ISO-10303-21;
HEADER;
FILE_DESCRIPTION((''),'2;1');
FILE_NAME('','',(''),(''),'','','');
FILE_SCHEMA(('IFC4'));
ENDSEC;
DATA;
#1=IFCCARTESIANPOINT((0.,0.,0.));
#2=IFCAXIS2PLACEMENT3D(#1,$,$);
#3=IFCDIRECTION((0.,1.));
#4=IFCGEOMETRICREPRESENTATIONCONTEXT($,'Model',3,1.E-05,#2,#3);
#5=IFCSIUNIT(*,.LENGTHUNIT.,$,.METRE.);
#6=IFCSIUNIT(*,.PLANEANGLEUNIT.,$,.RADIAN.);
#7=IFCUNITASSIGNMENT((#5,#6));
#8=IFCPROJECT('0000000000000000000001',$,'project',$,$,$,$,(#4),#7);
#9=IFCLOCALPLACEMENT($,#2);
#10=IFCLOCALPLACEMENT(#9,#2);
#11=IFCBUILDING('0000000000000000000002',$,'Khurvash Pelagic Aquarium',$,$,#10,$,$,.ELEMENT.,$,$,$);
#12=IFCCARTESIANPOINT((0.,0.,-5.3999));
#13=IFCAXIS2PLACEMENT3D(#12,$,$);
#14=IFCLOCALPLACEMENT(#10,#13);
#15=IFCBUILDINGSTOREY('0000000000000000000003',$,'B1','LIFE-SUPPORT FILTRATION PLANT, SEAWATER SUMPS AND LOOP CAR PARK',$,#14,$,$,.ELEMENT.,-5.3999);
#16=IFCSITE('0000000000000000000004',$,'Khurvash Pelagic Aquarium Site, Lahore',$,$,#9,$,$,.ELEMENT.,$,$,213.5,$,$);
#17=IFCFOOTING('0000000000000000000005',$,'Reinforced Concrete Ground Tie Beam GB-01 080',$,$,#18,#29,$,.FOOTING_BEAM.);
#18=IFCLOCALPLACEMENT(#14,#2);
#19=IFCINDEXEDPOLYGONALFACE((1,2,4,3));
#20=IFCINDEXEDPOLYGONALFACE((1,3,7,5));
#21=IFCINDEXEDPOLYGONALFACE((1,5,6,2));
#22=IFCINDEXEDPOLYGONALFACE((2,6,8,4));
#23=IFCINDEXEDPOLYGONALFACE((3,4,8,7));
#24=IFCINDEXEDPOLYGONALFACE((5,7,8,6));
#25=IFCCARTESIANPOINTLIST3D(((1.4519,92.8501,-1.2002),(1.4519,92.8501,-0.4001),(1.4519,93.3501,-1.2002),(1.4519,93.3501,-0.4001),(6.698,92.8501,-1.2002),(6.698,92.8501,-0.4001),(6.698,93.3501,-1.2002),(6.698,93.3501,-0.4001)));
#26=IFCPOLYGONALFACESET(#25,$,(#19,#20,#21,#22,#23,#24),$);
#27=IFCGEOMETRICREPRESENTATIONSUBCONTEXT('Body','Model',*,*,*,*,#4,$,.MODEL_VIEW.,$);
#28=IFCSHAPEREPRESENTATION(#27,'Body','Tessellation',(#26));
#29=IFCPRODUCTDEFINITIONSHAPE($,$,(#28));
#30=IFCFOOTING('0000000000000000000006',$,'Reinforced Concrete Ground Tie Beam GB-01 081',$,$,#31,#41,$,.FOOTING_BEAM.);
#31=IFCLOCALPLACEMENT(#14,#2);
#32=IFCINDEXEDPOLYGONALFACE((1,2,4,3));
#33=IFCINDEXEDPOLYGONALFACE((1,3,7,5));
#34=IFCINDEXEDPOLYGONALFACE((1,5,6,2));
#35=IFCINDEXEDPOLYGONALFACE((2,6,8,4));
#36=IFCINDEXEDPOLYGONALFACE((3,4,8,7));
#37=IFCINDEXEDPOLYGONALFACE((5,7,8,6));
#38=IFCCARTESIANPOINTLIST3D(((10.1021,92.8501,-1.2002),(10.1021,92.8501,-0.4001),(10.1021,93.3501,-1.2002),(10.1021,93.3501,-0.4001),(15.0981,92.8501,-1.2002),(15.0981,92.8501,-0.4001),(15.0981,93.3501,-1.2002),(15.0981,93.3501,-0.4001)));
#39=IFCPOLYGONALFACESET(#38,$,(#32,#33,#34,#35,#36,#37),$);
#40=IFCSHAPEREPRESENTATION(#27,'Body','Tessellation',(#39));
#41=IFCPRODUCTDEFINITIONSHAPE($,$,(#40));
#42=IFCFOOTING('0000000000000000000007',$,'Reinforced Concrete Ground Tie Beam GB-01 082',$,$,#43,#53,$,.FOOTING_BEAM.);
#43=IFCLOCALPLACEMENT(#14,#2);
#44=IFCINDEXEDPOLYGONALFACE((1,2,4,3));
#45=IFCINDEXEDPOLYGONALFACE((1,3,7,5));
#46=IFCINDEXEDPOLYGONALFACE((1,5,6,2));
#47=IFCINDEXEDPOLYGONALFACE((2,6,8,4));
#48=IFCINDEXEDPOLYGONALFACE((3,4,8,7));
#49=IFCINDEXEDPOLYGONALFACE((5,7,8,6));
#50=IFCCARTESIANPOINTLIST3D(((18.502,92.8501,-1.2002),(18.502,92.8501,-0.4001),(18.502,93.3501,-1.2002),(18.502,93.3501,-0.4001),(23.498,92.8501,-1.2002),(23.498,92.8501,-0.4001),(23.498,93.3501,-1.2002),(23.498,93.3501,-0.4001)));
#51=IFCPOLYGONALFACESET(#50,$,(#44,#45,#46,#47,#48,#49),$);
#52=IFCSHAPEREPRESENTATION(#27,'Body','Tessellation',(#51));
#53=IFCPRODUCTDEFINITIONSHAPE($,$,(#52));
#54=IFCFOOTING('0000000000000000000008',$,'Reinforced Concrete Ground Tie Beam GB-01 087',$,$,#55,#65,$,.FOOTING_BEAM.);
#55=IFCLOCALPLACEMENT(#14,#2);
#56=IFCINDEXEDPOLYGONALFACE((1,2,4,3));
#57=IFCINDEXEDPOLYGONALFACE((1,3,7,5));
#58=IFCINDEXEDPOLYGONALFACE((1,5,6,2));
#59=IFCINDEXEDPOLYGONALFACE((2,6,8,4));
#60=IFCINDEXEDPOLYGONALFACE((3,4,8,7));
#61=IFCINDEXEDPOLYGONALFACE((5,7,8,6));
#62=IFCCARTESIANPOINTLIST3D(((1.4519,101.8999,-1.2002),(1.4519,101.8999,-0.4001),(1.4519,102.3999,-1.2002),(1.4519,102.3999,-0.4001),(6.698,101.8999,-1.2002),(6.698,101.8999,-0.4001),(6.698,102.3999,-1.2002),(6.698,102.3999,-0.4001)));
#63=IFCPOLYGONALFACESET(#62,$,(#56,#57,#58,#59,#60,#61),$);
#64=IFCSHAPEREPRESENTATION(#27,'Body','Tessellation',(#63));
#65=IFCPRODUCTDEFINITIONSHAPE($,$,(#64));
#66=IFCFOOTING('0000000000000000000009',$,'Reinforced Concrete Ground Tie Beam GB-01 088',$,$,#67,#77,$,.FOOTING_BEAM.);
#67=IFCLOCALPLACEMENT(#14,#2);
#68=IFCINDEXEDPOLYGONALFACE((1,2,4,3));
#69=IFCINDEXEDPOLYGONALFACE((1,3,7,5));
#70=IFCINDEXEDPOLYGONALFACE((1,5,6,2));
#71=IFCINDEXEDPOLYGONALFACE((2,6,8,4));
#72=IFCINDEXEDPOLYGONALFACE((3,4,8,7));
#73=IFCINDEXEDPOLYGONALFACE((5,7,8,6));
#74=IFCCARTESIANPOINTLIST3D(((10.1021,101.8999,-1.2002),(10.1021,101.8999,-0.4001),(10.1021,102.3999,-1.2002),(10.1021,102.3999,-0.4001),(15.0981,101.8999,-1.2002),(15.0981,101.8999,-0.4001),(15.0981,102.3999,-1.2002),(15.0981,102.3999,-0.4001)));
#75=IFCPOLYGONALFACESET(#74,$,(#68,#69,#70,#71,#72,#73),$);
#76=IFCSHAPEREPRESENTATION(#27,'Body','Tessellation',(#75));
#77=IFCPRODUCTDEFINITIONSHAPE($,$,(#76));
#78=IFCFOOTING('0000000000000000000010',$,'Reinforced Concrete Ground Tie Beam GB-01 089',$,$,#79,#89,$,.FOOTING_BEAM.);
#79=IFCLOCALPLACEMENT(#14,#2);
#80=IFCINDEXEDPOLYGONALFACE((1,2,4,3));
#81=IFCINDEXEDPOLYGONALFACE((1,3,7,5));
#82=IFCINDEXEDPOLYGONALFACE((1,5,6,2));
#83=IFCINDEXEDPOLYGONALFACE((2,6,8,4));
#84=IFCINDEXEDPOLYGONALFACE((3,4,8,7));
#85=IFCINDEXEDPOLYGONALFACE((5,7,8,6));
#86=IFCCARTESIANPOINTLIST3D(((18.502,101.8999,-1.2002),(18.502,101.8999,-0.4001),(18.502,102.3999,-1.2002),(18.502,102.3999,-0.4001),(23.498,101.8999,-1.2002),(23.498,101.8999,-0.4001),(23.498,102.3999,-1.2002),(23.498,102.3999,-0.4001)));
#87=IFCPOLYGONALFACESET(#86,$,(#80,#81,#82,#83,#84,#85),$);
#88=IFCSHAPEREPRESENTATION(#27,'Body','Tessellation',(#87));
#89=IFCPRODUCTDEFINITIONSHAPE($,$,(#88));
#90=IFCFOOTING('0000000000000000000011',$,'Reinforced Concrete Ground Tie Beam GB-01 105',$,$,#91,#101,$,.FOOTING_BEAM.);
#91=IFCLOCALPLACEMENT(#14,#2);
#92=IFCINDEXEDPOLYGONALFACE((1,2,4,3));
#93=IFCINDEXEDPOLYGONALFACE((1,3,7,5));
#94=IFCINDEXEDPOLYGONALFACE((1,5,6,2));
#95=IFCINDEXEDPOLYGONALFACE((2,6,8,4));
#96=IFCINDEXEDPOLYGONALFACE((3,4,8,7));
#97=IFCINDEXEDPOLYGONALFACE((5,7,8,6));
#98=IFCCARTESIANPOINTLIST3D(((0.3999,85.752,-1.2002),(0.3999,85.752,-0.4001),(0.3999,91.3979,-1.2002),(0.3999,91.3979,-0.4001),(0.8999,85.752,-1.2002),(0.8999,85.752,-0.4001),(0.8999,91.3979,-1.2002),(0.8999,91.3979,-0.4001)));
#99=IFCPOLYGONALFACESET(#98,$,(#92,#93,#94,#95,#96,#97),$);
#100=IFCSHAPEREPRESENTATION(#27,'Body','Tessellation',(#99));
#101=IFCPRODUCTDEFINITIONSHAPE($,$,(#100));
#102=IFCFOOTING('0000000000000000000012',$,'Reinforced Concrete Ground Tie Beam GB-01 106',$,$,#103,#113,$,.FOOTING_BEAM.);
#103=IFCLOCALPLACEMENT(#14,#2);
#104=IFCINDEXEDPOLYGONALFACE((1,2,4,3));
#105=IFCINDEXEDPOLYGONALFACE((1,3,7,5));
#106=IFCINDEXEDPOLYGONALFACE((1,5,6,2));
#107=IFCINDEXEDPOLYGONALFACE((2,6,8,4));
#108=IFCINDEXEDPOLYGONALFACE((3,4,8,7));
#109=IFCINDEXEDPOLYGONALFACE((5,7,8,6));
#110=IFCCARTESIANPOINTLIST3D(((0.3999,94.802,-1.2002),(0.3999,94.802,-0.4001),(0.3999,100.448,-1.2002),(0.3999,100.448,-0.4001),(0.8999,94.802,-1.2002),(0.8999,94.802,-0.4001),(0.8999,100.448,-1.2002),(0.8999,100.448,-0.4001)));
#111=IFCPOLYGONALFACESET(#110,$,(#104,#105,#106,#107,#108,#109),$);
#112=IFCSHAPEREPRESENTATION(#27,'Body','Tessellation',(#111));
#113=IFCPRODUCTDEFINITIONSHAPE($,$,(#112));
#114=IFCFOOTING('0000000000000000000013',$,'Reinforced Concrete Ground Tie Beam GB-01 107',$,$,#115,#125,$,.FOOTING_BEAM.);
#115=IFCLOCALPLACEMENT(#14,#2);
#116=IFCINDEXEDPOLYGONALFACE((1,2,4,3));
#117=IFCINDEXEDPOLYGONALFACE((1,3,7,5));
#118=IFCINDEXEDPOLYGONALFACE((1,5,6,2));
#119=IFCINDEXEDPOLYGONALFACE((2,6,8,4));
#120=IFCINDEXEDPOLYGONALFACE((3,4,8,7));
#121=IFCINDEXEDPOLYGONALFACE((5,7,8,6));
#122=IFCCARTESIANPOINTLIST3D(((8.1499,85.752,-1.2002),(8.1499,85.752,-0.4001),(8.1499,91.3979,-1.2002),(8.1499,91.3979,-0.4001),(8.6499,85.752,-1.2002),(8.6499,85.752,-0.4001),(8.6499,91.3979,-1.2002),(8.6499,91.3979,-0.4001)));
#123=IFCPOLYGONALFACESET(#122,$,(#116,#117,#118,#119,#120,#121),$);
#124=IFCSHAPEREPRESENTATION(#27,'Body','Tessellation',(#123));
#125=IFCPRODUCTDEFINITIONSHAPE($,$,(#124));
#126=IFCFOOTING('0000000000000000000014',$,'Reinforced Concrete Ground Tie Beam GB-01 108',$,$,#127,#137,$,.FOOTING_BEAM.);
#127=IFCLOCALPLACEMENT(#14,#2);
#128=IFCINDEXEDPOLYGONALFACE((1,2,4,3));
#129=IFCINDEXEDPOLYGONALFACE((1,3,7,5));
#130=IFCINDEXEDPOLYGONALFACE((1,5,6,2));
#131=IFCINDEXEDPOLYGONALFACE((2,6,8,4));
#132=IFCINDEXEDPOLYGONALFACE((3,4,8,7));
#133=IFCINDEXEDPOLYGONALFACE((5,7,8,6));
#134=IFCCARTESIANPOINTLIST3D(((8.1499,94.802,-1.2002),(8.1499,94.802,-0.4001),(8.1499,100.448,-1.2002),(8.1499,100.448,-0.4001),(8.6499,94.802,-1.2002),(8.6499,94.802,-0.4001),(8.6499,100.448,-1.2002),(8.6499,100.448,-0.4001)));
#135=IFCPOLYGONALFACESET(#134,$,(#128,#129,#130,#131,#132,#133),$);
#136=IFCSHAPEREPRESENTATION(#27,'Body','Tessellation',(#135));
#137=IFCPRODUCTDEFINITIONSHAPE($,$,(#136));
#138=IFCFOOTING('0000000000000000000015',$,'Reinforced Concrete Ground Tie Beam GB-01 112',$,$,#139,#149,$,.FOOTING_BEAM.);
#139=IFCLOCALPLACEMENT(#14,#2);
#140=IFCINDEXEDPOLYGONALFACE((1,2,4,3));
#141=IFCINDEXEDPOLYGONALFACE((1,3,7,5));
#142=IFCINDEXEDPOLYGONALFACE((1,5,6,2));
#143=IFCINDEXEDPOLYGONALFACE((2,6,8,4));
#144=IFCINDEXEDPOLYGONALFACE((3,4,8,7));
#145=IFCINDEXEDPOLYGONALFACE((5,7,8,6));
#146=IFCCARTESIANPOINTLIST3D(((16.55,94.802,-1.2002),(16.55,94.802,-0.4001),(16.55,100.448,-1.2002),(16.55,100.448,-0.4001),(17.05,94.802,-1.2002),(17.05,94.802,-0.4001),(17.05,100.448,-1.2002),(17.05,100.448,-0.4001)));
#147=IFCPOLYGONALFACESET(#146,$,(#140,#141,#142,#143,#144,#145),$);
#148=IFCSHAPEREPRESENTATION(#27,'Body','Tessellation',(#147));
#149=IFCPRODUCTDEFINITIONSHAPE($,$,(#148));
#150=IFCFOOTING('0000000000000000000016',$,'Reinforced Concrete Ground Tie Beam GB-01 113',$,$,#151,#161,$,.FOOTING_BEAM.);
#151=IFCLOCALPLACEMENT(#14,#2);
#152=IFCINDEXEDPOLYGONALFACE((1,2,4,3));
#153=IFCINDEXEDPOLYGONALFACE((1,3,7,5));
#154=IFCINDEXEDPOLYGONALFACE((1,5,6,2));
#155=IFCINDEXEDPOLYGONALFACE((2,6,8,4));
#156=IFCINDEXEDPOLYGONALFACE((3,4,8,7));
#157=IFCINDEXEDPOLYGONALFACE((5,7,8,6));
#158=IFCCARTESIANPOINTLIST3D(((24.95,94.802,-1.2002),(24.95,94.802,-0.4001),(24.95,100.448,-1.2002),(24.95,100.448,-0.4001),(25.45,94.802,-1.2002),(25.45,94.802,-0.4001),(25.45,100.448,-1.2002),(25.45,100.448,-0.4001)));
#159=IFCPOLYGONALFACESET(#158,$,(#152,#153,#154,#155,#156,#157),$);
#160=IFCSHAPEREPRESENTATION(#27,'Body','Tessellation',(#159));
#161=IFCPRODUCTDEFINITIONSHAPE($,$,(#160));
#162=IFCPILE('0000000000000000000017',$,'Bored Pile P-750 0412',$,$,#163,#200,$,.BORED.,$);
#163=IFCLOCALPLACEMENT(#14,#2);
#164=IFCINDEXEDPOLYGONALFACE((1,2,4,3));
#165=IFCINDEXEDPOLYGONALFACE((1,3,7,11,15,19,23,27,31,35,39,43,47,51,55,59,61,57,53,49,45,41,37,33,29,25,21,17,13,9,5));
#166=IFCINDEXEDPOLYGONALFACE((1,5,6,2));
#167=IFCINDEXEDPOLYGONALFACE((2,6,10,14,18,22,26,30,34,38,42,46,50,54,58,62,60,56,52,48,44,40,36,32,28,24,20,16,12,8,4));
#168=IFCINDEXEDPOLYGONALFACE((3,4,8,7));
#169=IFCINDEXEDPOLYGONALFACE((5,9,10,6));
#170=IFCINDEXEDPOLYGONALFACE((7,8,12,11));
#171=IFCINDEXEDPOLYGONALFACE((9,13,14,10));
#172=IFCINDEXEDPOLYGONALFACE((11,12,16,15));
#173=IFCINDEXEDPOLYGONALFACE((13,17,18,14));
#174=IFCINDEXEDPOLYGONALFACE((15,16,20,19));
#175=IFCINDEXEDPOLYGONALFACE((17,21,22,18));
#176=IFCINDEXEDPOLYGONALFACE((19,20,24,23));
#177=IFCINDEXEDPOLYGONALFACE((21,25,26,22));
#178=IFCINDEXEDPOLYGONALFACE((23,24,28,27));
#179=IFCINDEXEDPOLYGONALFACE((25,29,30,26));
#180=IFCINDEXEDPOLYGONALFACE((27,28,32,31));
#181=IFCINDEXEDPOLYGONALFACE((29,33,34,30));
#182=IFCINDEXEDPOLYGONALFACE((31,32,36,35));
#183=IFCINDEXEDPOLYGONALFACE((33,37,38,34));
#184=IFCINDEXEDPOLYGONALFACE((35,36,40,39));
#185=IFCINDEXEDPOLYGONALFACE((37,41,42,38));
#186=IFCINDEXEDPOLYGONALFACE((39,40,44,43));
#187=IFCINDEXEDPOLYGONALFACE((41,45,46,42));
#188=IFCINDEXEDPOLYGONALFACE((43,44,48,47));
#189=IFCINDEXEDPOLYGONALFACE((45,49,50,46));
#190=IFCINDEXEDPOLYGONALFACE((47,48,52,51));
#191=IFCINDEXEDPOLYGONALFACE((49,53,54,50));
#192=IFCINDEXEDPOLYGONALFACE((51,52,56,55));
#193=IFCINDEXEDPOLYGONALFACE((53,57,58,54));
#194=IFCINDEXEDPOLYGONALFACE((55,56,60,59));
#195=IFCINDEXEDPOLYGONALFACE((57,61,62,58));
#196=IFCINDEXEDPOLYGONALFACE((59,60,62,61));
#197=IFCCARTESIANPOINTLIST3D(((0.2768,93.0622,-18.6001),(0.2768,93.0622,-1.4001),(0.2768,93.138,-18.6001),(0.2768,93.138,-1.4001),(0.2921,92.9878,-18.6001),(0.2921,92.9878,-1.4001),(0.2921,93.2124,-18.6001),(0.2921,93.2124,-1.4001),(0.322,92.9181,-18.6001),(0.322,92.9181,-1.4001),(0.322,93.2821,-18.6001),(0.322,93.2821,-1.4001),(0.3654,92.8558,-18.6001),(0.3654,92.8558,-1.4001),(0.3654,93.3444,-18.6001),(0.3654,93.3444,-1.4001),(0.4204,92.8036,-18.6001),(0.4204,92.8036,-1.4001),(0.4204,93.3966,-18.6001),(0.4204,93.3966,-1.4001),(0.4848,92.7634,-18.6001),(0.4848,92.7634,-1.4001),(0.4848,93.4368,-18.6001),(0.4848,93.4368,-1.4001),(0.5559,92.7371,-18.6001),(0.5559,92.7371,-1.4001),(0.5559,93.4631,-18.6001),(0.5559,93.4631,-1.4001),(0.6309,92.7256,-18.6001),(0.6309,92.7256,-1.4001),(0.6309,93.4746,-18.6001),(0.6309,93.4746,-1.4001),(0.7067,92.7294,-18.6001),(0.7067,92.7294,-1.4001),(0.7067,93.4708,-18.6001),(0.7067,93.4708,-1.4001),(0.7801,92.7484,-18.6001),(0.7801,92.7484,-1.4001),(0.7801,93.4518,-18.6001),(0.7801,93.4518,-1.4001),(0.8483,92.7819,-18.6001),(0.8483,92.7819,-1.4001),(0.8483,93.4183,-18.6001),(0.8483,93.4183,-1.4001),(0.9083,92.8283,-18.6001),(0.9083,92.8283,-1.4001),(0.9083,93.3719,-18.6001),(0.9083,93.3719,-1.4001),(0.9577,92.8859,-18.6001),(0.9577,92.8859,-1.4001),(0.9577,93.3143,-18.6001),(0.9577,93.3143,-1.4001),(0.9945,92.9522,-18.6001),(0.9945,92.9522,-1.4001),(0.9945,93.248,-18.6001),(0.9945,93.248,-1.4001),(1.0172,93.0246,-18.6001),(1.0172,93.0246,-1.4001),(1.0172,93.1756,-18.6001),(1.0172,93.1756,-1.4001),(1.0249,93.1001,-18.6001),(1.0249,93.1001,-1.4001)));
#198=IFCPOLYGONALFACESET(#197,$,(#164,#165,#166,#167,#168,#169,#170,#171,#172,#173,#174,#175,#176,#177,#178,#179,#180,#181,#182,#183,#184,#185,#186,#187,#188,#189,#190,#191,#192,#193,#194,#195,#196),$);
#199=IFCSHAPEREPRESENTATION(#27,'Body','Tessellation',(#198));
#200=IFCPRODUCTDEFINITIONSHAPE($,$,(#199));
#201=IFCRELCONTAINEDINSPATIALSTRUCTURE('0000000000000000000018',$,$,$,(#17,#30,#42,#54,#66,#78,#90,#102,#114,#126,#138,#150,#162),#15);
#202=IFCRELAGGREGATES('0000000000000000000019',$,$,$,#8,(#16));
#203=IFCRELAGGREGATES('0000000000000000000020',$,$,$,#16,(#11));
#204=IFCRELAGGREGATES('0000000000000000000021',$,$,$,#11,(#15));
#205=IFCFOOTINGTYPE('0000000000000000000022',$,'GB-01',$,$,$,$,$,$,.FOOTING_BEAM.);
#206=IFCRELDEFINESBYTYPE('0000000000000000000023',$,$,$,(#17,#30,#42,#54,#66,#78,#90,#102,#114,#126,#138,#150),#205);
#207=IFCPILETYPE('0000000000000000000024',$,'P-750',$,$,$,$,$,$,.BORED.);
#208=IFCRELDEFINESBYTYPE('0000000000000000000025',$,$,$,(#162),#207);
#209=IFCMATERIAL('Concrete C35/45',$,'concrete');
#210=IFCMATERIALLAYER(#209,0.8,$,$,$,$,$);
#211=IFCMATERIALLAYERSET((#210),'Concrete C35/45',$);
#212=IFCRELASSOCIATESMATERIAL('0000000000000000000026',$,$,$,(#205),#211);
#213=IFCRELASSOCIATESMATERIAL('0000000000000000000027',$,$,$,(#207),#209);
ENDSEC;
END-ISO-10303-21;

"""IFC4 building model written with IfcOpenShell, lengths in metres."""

from ifc_helpers import new_model, si_unit, direction, frame, origin, origin_2d, place, context, subcontext, project, spatial, rectangle, circle, extrude, material, layer, layer_set, material_profile, profile_set, type_object, element, save


model = new_model("IFC4")

# Units and contexts
model_context = context("Model", 3, precision=1e-05, world=origin(), true_north=direction((0.0, 1.0)))
body_context = subcontext(model_context, "Body", "Model", "MODEL_VIEW")
ifc_project = project(units=[si_unit("LENGTHUNIT", "METRE"), si_unit("PLANEANGLEUNIT", "RADIAN")], contexts=[model_context])

# Site, building, storey
site_placement = place(None, origin())
site = spatial("IfcSite", under=ifc_project, at=site_placement, Name="Khurvash Pelagic Aquarium Site, Lahore", CompositionType="ELEMENT", RefElevation=213.5)
building_placement = place(site_placement, origin())
building = spatial("IfcBuilding", under=site, at=building_placement, Name="Khurvash Pelagic Aquarium", CompositionType="ELEMENT")
storey_placement = place(building_placement, frame((0.0, 0.0, -5.3999)))
storey = spatial("IfcBuildingStorey", under=building, at=storey_placement, Name="B1", Description="LIFE-SUPPORT FILTRATION PLANT, SEAWATER SUMPS AND LOOP CAR PARK", CompositionType="ELEMENT", Elevation=-5.3999)

# Footings
ifc_material_1 = material(Name="Concrete C35/45", Category="concrete")
ifc_layer_1 = layer(ifc_material_1, 0.8)
ifc_layer_set_1 = layer_set([ifc_layer_1], Name="Concrete C35/45")
footing_type_1 = type_object("IfcFootingType", Name="GB-01", PredefinedType="FOOTING_BEAM", material=ifc_layer_set_1)
footing_1_placement = place(storey_placement, frame((4.075, 93.1001, -1.2002), z_axis=(0.0, 0.0, 1.0), x_axis=(1.0, 0.0, 0.0)))
element("IfcFooting", 1, at=footing_1_placement, inside=storey, type_object=footing_type_1, Name="Reinforced Concrete Ground Tie Beam GB-01 080", PredefinedType="FOOTING_BEAM", context=body_context, shape_type="SweptSolid", body=[
    extrude(rectangle(XDim=5.2461, YDim=0.5, at=origin_2d()), origin(), (0.0, 0.0, 1.0), 0.8),
])
for number, where, z_axis, x_axis, name in (
    (2, (12.6001, 93.1001, -1.2002), (0.0, 0.0, 1.0), (1.0, 0.0, 0.0), "Reinforced Concrete Ground Tie Beam GB-01 081"),
    (3, (21.0, 93.1001, -1.2002), (0.0, 0.0, 1.0), (1.0, 0.0, 0.0), "Reinforced Concrete Ground Tie Beam GB-01 082"),
):
    element("IfcFooting", number, at=place(storey_placement, frame(where, z_axis=z_axis, x_axis=x_axis)), inside=storey, type_object=footing_type_1, Name=name, PredefinedType="FOOTING_BEAM", context=body_context, shape_type="SweptSolid", body=[
        extrude(rectangle(XDim=4.9961, YDim=0.5, at=origin_2d()), origin(), (0.0, 0.0, 1.0), 0.8),
    ])
footing_2_placement = place(storey_placement, frame((4.075, 102.1499, -1.2002), z_axis=(0.0, 0.0, 1.0), x_axis=(1.0, 0.0, 0.0)))
element("IfcFooting", 4, at=footing_2_placement, inside=storey, type_object=footing_type_1, Name="Reinforced Concrete Ground Tie Beam GB-01 087", PredefinedType="FOOTING_BEAM", context=body_context, shape_type="SweptSolid", body=[
    extrude(rectangle(XDim=5.2461, YDim=0.5, at=origin_2d()), origin(), (0.0, 0.0, 1.0), 0.8),
])
for number, where, z_axis, x_axis, name in (
    (5, (12.6001, 102.1499, -1.2002), (0.0, 0.0, 1.0), (1.0, 0.0, 0.0), "Reinforced Concrete Ground Tie Beam GB-01 088"),
    (6, (21.0, 102.1499, -1.2002), (0.0, 0.0, 1.0), (1.0, 0.0, 0.0), "Reinforced Concrete Ground Tie Beam GB-01 089"),
):
    element("IfcFooting", number, at=place(storey_placement, frame(where, z_axis=z_axis, x_axis=x_axis)), inside=storey, type_object=footing_type_1, Name=name, PredefinedType="FOOTING_BEAM", context=body_context, shape_type="SweptSolid", body=[
        extrude(rectangle(XDim=4.9961, YDim=0.5, at=origin_2d()), origin(), (0.0, 0.0, 1.0), 0.8),
    ])
for number, where, z_axis, x_axis, name in (
    (7, (0.6499, 88.575, -1.2002), (0.0, 0.0, 1.0), (0.0, 1.0, 0.0), "Reinforced Concrete Ground Tie Beam GB-01 105"),
    (8, (0.6499, 97.625, -1.2002), (0.0, 0.0, 1.0), (0.0, 1.0, 0.0), "Reinforced Concrete Ground Tie Beam GB-01 106"),
    (9, (8.3999, 88.575, -1.2002), (0.0, 0.0, 1.0), (0.0, 1.0, 0.0), "Reinforced Concrete Ground Tie Beam GB-01 107"),
    (10, (8.3999, 97.625, -1.2002), (0.0, 0.0, 1.0), (0.0, 1.0, 0.0), "Reinforced Concrete Ground Tie Beam GB-01 108"),
    (11, (16.8, 97.625, -1.2002), (0.0, 0.0, 1.0), (0.0, 1.0, 0.0), "Reinforced Concrete Ground Tie Beam GB-01 112"),
    (12, (25.2, 97.625, -1.2002), (0.0, 0.0, 1.0), (0.0, 1.0, 0.0), "Reinforced Concrete Ground Tie Beam GB-01 113"),
):
    element("IfcFooting", number, at=place(storey_placement, frame(where, z_axis=z_axis, x_axis=x_axis)), inside=storey, type_object=footing_type_1, Name=name, PredefinedType="FOOTING_BEAM", context=body_context, shape_type="SweptSolid", body=[
        extrude(rectangle(XDim=5.646, YDim=0.5, at=origin_2d()), origin(), (0.0, 0.0, 1.0), 0.8),
    ])

# Pile
ifc_material_profile_1 = material_profile(ifc_material_1, circle(Radius=0.375, at=origin_2d()), Name="PILE750")
ifc_profile_set_1 = profile_set([ifc_material_profile_1], Name="Concrete C35/45")
pile_type = type_object("IfcPileType", Name="P-750", PredefinedType="BORED", material=ifc_profile_set_1)
for number, where, z_axis, x_axis, name in (
    (13, (0.6499, 93.1001, -1.4001), (0.0, 0.0, -1.0), (1.0, 0.0, 0.0), "Bored Pile P-750 0412"),
):
    element("IfcPile", number, at=place(storey_placement, frame(where, z_axis=z_axis, x_axis=x_axis)), inside=storey, type_object=pile_type, Name=name, PredefinedType="BORED", context=body_context, shape_type="SweptSolid", body=[
        extrude(circle(Radius=0.375, at=origin_2d()), origin(), (0.0, 0.0, 1.0), 17.2),
    ])

save(model, "model.ifc")
